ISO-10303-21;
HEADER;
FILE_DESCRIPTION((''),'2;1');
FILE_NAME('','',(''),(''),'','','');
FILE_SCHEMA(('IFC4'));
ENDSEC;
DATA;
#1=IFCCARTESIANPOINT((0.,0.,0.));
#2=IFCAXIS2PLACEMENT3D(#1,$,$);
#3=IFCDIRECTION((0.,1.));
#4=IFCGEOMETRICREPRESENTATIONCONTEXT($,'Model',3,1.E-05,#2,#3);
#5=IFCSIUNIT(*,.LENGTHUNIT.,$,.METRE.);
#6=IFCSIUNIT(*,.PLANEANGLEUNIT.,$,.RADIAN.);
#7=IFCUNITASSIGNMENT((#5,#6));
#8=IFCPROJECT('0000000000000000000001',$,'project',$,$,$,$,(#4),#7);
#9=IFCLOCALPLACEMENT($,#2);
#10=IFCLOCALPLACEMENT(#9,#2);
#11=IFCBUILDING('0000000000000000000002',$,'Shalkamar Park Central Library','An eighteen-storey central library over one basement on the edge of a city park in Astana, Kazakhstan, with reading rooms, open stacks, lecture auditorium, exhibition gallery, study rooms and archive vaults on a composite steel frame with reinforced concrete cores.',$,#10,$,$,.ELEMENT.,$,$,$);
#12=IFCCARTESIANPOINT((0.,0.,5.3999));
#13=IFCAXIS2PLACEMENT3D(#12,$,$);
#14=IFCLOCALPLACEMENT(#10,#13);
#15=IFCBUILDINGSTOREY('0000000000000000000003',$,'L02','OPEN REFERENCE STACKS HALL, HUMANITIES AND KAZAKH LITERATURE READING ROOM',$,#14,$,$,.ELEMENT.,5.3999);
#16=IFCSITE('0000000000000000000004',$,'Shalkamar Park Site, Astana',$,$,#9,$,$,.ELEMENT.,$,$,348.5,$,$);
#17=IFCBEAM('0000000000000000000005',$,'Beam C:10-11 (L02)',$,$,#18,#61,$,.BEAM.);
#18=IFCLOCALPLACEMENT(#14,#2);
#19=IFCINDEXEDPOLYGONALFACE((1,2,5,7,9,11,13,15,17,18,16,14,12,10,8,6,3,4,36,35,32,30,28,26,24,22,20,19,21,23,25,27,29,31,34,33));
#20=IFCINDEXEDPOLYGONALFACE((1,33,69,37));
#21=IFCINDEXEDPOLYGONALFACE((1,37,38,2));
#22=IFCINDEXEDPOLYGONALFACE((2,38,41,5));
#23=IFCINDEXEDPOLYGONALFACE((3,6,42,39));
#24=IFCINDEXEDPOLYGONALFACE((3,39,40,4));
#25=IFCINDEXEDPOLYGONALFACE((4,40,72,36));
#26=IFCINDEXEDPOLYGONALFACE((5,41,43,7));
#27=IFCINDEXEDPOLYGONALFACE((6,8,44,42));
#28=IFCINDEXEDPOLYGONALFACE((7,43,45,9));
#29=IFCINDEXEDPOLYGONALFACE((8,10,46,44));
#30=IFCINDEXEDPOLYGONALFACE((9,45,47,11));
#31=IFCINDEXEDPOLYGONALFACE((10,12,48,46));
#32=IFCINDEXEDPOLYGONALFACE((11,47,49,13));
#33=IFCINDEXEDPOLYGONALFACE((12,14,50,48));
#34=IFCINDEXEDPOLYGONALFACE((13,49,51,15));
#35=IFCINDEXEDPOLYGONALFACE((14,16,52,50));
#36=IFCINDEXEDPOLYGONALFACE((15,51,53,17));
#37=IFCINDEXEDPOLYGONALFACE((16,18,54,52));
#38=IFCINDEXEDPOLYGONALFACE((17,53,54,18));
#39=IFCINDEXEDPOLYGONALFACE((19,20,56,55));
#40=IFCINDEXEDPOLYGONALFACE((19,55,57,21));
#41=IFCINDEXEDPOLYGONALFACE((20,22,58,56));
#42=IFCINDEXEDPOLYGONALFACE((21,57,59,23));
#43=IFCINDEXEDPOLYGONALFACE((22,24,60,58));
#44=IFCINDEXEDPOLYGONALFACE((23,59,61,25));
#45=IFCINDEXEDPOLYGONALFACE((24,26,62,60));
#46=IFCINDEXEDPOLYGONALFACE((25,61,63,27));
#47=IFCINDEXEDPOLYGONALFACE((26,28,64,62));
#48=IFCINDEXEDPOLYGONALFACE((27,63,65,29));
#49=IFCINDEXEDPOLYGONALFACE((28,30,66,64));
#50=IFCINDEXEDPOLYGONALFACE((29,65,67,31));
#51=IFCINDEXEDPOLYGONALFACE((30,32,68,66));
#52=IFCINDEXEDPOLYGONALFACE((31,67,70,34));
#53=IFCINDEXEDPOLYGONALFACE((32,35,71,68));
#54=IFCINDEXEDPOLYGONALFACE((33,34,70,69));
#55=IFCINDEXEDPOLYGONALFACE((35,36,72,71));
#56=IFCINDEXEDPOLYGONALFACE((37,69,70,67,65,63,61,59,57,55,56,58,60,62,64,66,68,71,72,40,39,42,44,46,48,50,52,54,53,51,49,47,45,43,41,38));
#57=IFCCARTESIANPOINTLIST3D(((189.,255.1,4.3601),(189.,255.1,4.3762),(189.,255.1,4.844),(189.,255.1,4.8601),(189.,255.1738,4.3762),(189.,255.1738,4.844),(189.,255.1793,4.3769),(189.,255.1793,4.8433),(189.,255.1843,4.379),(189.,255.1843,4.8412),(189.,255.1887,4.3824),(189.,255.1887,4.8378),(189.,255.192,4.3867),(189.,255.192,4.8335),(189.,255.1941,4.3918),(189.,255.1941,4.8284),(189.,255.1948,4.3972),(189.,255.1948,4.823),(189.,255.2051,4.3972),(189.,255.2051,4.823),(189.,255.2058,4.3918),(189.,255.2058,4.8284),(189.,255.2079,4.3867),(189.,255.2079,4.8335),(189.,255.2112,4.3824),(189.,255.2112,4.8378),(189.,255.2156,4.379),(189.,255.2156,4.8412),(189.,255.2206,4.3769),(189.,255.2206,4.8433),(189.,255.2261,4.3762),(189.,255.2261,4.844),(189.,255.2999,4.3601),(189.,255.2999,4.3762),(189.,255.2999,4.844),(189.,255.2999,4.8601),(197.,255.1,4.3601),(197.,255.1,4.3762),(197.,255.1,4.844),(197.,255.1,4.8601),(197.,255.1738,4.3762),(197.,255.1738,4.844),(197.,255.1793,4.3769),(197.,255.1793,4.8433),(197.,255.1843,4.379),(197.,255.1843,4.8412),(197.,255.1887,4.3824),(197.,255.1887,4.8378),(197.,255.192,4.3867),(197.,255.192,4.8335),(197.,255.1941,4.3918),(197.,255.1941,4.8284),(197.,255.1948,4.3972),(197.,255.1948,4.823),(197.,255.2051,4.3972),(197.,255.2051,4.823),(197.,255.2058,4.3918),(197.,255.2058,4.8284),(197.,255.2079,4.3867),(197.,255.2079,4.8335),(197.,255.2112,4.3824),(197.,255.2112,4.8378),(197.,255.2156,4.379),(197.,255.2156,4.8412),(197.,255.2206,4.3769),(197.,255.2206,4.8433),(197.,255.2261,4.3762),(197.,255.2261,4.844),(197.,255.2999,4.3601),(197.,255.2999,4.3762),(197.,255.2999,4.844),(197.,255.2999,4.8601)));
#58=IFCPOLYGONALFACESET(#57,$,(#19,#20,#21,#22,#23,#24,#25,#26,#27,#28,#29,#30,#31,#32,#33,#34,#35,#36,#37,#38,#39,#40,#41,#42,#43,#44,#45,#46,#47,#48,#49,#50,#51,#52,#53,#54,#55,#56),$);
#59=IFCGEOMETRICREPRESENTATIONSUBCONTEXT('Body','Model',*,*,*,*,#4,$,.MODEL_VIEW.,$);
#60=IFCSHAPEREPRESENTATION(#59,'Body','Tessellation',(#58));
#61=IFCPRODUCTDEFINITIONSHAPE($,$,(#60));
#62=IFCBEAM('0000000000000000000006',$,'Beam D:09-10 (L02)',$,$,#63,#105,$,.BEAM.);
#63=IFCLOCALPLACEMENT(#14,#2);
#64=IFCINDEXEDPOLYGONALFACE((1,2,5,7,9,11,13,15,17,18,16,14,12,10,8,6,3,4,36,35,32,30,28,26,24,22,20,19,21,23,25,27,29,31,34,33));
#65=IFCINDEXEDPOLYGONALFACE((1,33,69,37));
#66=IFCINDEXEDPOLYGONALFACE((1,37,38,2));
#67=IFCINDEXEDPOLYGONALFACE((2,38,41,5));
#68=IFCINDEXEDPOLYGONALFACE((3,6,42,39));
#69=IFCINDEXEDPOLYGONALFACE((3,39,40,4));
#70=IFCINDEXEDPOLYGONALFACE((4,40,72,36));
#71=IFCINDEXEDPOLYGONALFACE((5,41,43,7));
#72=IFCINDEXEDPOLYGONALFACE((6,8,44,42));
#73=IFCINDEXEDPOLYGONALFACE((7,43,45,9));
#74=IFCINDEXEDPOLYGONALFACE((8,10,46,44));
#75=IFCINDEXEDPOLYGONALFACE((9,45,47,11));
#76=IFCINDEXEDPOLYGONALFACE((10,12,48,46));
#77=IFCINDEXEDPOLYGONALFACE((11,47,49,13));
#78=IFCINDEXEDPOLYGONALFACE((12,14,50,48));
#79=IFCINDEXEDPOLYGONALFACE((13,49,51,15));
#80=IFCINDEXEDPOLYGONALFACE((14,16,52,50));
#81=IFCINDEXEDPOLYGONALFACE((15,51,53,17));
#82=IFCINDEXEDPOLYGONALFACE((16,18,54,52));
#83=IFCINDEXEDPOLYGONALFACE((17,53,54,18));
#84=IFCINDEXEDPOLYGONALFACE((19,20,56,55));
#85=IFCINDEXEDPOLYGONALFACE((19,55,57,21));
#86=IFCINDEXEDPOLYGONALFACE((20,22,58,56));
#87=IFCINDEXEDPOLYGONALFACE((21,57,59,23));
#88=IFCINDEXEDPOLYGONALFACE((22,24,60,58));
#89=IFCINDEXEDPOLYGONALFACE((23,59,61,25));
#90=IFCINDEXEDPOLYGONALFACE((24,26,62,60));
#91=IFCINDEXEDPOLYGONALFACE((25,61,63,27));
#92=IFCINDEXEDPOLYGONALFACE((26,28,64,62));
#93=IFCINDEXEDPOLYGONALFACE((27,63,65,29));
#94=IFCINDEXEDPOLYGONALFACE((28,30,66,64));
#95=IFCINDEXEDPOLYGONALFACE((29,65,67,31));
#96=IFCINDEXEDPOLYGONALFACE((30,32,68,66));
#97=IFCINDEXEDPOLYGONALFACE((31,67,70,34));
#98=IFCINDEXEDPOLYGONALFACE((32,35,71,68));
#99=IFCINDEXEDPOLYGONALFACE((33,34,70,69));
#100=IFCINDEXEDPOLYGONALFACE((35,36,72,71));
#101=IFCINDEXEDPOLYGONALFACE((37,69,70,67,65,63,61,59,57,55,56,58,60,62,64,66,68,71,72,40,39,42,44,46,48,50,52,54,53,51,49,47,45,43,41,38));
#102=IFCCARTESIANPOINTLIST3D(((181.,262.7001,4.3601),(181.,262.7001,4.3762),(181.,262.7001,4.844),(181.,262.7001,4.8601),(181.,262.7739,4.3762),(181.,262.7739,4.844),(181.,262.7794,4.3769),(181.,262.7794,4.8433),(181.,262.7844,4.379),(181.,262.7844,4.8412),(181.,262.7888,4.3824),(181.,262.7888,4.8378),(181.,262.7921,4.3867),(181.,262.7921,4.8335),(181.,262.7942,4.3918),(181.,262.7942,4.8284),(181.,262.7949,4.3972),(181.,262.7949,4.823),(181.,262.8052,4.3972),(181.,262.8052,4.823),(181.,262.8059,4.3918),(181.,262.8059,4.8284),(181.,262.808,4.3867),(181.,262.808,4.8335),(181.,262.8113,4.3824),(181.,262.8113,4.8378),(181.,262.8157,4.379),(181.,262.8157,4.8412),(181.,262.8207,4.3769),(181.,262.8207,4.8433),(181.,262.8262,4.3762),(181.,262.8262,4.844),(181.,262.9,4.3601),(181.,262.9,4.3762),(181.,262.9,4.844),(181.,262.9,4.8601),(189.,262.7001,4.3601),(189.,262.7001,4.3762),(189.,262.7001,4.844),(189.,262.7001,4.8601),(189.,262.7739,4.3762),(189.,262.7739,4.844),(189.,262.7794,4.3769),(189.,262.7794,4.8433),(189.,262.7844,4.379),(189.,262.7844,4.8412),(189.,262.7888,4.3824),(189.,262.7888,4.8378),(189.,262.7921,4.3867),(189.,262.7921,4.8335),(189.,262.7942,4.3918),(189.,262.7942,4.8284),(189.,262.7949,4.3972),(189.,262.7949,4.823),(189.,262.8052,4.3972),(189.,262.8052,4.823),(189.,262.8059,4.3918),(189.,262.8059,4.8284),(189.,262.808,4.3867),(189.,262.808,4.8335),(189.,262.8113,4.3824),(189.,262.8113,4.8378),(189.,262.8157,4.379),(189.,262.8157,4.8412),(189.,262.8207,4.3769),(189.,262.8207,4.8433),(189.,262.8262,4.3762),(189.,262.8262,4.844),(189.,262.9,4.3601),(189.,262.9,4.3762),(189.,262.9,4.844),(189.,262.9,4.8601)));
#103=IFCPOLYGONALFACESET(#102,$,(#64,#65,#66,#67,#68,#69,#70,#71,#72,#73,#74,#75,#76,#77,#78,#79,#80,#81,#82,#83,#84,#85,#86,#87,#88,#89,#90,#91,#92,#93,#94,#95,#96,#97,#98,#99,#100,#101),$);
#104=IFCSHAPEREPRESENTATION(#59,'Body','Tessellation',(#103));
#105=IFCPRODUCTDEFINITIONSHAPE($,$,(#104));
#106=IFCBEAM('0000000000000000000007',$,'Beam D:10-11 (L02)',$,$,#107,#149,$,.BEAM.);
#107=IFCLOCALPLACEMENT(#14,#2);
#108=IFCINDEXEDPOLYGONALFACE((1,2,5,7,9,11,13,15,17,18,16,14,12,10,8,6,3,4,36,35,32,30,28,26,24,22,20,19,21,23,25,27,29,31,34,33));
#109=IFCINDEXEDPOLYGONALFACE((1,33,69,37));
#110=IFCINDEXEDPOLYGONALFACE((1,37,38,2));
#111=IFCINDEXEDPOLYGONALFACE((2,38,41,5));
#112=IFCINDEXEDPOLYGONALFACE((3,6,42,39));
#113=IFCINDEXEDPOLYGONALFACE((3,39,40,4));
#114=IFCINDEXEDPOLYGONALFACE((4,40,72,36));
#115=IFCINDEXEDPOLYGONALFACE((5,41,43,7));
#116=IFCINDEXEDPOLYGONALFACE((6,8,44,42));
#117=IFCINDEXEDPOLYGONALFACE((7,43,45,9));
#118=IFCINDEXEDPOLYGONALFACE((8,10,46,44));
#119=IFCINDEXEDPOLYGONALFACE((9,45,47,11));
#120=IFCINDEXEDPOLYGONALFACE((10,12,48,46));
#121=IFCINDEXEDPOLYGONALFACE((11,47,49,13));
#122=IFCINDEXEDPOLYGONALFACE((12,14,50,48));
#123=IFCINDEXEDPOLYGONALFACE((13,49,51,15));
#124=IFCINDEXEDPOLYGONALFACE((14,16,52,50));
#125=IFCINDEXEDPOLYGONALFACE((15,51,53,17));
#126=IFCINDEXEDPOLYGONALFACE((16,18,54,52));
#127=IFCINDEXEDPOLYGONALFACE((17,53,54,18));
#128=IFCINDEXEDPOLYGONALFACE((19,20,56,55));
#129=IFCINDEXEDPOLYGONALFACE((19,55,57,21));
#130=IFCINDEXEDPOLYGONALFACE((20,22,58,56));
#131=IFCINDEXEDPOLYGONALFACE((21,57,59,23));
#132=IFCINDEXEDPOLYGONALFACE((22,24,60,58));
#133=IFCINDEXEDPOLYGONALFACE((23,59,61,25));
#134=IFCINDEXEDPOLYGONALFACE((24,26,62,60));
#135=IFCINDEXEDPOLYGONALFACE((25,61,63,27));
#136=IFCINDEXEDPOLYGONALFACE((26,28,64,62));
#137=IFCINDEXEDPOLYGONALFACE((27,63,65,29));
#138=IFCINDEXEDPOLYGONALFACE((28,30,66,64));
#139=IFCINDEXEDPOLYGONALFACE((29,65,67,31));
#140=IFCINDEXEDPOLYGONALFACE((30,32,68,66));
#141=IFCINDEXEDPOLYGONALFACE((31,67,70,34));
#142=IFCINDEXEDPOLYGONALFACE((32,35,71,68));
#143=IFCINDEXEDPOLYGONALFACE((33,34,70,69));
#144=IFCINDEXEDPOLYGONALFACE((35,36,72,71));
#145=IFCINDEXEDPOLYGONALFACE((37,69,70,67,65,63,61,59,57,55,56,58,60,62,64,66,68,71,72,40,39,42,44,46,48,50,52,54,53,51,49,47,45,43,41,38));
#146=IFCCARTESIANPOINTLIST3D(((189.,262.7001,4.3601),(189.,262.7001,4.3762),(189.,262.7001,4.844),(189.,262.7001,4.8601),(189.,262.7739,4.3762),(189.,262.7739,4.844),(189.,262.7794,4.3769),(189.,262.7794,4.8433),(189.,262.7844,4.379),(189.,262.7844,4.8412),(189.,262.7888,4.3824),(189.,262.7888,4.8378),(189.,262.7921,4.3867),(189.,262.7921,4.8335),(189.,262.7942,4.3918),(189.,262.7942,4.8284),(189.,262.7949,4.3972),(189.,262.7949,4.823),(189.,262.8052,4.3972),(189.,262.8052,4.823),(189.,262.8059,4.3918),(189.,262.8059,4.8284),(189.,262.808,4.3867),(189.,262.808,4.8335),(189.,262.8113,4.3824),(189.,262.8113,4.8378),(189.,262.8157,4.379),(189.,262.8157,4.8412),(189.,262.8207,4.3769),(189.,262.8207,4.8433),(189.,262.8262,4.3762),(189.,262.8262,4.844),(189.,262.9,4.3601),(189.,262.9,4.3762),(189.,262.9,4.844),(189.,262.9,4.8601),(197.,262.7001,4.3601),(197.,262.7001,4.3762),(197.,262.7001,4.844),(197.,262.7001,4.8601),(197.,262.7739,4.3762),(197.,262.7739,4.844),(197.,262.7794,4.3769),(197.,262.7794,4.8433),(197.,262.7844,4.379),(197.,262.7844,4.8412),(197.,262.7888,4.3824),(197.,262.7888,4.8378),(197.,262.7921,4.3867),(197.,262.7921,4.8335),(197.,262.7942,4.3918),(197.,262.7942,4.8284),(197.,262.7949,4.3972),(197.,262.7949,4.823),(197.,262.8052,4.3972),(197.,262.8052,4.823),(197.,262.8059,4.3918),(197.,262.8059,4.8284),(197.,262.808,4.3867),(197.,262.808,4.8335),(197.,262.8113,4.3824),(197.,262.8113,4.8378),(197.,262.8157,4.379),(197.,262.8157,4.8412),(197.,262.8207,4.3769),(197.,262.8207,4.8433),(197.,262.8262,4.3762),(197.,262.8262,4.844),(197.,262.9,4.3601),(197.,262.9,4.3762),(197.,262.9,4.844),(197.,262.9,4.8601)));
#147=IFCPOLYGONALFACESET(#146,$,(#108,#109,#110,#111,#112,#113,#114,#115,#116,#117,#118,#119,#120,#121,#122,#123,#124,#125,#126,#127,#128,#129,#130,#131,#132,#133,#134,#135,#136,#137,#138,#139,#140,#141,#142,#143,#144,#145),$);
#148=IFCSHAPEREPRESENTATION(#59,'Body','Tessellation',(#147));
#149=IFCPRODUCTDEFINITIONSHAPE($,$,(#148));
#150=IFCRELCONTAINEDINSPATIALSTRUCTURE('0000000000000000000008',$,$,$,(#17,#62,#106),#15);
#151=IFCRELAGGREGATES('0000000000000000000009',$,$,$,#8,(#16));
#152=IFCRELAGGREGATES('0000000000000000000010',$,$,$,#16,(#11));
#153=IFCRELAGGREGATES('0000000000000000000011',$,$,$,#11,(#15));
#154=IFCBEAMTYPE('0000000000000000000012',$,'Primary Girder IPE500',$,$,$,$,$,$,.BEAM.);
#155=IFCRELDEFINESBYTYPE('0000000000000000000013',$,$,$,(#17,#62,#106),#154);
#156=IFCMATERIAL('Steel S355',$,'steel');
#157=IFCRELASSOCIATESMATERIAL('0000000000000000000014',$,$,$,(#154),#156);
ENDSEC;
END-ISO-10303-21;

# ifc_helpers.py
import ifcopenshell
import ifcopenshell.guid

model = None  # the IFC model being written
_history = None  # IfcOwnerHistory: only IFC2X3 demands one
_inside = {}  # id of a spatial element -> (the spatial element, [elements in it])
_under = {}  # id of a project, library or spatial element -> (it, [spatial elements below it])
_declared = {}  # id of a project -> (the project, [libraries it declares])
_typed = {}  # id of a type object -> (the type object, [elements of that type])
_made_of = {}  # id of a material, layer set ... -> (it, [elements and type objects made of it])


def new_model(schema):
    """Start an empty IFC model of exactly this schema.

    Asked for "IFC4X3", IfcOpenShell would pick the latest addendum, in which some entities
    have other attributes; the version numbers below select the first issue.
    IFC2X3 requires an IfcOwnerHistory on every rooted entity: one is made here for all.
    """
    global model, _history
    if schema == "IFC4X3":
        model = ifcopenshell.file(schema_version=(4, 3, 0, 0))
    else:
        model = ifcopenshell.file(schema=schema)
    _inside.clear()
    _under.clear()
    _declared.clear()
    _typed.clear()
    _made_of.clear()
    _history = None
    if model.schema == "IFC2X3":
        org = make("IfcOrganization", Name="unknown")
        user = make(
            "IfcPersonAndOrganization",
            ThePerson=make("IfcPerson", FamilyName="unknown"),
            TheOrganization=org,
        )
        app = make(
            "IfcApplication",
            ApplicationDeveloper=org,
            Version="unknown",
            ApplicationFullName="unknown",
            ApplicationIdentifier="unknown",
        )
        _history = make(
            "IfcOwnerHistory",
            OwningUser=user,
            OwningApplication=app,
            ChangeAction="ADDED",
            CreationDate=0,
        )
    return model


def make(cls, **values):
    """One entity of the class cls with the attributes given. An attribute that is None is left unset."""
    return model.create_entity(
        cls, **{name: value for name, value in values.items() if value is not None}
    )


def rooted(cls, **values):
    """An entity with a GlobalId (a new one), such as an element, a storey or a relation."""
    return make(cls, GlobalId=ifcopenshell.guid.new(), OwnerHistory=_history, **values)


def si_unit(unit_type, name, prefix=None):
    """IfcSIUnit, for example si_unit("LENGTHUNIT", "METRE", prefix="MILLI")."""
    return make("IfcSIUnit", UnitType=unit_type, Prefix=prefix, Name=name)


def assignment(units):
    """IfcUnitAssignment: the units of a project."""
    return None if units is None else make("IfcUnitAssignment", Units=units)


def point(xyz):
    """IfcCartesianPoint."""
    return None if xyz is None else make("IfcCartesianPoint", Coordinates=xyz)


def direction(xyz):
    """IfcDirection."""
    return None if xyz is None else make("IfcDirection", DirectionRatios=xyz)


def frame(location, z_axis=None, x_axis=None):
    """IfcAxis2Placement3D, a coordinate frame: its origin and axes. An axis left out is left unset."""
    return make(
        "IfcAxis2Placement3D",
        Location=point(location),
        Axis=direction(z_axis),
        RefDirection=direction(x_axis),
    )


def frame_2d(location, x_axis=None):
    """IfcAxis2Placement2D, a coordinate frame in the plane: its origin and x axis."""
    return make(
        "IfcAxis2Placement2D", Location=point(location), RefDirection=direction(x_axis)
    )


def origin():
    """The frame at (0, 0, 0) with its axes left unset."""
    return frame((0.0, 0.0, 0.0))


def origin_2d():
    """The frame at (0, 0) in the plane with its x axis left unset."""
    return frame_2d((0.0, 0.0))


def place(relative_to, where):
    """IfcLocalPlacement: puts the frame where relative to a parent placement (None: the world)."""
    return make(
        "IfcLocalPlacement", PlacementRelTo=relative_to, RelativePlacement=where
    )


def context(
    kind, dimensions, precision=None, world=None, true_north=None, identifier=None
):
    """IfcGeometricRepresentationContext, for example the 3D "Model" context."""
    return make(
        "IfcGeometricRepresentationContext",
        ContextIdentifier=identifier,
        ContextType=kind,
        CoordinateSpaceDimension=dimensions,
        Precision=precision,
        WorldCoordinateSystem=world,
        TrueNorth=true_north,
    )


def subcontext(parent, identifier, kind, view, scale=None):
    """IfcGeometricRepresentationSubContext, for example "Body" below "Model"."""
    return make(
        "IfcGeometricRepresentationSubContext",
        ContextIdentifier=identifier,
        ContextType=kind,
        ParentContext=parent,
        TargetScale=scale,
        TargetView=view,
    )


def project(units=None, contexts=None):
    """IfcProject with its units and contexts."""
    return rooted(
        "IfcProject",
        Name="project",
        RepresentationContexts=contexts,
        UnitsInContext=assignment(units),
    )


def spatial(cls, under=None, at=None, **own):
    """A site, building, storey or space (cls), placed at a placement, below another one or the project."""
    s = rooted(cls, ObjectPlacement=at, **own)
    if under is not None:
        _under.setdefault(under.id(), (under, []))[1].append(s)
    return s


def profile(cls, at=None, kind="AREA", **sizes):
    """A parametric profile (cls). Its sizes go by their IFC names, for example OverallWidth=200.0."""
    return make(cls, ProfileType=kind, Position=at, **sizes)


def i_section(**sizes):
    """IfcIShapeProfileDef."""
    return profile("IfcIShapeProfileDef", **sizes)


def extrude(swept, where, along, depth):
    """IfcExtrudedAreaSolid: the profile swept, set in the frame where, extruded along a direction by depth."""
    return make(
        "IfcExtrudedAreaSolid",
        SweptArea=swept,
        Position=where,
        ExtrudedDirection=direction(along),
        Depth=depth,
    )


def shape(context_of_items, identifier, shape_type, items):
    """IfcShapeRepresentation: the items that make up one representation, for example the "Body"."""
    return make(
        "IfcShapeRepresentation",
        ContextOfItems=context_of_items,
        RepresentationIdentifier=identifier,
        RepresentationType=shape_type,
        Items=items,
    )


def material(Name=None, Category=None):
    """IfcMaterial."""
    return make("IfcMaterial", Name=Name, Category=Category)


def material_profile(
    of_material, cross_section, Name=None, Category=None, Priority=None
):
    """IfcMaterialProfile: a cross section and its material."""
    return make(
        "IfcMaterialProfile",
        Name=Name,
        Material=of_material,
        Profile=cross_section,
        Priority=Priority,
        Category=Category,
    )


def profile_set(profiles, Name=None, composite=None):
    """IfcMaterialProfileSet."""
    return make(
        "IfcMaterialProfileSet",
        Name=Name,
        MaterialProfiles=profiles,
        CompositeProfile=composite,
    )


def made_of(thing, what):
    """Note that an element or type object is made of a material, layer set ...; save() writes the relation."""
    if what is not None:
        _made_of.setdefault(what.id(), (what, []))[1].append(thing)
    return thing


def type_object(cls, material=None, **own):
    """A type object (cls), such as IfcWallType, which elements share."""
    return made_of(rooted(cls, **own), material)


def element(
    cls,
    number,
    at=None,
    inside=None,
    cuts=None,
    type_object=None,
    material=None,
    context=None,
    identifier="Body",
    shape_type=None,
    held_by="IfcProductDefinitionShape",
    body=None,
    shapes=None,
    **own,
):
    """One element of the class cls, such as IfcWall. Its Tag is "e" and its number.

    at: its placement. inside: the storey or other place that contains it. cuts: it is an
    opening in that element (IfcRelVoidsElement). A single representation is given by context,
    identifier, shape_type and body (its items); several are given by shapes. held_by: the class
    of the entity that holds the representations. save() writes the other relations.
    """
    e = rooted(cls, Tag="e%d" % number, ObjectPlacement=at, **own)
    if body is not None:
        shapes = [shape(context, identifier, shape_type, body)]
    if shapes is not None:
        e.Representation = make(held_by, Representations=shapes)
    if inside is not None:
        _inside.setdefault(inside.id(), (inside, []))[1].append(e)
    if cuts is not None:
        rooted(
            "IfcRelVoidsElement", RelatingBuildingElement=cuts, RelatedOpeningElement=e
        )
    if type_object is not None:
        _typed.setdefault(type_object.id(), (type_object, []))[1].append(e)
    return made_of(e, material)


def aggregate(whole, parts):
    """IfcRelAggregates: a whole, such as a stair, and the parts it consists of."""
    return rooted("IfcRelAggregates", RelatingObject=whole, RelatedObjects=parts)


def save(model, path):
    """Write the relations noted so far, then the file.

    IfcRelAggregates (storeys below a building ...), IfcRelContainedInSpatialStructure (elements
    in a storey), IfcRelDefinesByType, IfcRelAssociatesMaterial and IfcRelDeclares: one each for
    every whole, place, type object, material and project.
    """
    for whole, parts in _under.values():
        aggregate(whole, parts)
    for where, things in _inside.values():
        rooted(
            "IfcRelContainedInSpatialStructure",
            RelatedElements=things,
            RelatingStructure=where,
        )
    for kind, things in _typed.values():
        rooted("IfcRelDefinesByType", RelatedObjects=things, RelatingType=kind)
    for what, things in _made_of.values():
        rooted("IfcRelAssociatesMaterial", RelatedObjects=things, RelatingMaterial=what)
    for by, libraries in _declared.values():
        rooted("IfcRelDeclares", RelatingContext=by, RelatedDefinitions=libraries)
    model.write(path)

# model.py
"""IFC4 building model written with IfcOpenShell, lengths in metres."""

from ifc_helpers import new_model, si_unit, direction, frame, origin, origin_2d, place, context, subcontext, project, spatial, i_section, extrude, material, material_profile, profile_set, type_object, element, save


model = new_model("IFC4")

# Units and contexts
model_context = context("Model", 3, precision=1e-05, world=origin(), true_north=direction((0.0, 1.0)))
body_context = subcontext(model_context, "Body", "Model", "MODEL_VIEW")
ifc_project = project(units=[si_unit("LENGTHUNIT", "METRE"), si_unit("PLANEANGLEUNIT", "RADIAN")], contexts=[model_context])

# Site, building, storey
site_placement = place(None, origin())
site = spatial("IfcSite", under=ifc_project, at=site_placement, Name="Shalkamar Park Site, Astana", CompositionType="ELEMENT", RefElevation=348.5)
building_placement = place(site_placement, origin())
building = spatial("IfcBuilding", under=site, at=building_placement, Name="Shalkamar Park Central Library", Description="An eighteen-storey central library over one basement on the edge of a city park in Astana, Kazakhstan, with reading rooms, open stacks, lecture auditorium, exhibition gallery, study rooms and archive vaults on a composite steel frame with reinforced concrete cores.", CompositionType="ELEMENT")
storey_placement = place(building_placement, frame((0.0, 0.0, 5.3999)))
storey = spatial("IfcBuildingStorey", under=building, at=storey_placement, Name="L02", Description="OPEN REFERENCE STACKS HALL, HUMANITIES AND KAZAKH LITERATURE READING ROOM", CompositionType="ELEMENT", Elevation=5.3999)

# Shared definitions
ifc_material_1 = material(Name="Steel S355", Category="steel")

# Beams
ifc_material_profile_1 = material_profile(ifc_material_1, i_section(OverallWidth=0.2, OverallDepth=0.5, WebThickness=0.0103, FlangeThickness=0.0161, FilletRadius=0.021, at=origin_2d()), Name="IPE 500")
ifc_profile_set_1 = profile_set([ifc_material_profile_1], Name="Steel S355")
beam_type_1 = type_object("IfcBeamType", Name="Primary Girder IPE500", PredefinedType="BEAM", material=ifc_profile_set_1)
for number, where, z_axis, x_axis, name in (
    (1, (189.0, 255.2, 4.6101), (1.0, 0.0, 0.0), (0.0, 1.0, 0.0), "Beam C:10-11 (L02)"),
    (2, (181.0, 262.8, 4.6101), (1.0, 0.0, 0.0), (0.0, 1.0, 0.0), "Beam D:09-10 (L02)"),
    (3, (189.0, 262.8, 4.6101), (1.0, 0.0, 0.0), (0.0, 1.0, 0.0), "Beam D:10-11 (L02)"),
):
    element("IfcBeam", number, at=place(storey_placement, frame(where, z_axis=z_axis, x_axis=x_axis)), inside=storey, type_object=beam_type_1, Name=name, PredefinedType="BEAM", context=body_context, shape_type="SweptSolid", body=[
        extrude(i_section(OverallWidth=0.2, OverallDepth=0.5, WebThickness=0.0103, FlangeThickness=0.0161, FilletRadius=0.021, at=origin_2d()), origin(), (0.0, 0.0, 1.0), 8.0),
    ])

save(model, "model.ifc")
